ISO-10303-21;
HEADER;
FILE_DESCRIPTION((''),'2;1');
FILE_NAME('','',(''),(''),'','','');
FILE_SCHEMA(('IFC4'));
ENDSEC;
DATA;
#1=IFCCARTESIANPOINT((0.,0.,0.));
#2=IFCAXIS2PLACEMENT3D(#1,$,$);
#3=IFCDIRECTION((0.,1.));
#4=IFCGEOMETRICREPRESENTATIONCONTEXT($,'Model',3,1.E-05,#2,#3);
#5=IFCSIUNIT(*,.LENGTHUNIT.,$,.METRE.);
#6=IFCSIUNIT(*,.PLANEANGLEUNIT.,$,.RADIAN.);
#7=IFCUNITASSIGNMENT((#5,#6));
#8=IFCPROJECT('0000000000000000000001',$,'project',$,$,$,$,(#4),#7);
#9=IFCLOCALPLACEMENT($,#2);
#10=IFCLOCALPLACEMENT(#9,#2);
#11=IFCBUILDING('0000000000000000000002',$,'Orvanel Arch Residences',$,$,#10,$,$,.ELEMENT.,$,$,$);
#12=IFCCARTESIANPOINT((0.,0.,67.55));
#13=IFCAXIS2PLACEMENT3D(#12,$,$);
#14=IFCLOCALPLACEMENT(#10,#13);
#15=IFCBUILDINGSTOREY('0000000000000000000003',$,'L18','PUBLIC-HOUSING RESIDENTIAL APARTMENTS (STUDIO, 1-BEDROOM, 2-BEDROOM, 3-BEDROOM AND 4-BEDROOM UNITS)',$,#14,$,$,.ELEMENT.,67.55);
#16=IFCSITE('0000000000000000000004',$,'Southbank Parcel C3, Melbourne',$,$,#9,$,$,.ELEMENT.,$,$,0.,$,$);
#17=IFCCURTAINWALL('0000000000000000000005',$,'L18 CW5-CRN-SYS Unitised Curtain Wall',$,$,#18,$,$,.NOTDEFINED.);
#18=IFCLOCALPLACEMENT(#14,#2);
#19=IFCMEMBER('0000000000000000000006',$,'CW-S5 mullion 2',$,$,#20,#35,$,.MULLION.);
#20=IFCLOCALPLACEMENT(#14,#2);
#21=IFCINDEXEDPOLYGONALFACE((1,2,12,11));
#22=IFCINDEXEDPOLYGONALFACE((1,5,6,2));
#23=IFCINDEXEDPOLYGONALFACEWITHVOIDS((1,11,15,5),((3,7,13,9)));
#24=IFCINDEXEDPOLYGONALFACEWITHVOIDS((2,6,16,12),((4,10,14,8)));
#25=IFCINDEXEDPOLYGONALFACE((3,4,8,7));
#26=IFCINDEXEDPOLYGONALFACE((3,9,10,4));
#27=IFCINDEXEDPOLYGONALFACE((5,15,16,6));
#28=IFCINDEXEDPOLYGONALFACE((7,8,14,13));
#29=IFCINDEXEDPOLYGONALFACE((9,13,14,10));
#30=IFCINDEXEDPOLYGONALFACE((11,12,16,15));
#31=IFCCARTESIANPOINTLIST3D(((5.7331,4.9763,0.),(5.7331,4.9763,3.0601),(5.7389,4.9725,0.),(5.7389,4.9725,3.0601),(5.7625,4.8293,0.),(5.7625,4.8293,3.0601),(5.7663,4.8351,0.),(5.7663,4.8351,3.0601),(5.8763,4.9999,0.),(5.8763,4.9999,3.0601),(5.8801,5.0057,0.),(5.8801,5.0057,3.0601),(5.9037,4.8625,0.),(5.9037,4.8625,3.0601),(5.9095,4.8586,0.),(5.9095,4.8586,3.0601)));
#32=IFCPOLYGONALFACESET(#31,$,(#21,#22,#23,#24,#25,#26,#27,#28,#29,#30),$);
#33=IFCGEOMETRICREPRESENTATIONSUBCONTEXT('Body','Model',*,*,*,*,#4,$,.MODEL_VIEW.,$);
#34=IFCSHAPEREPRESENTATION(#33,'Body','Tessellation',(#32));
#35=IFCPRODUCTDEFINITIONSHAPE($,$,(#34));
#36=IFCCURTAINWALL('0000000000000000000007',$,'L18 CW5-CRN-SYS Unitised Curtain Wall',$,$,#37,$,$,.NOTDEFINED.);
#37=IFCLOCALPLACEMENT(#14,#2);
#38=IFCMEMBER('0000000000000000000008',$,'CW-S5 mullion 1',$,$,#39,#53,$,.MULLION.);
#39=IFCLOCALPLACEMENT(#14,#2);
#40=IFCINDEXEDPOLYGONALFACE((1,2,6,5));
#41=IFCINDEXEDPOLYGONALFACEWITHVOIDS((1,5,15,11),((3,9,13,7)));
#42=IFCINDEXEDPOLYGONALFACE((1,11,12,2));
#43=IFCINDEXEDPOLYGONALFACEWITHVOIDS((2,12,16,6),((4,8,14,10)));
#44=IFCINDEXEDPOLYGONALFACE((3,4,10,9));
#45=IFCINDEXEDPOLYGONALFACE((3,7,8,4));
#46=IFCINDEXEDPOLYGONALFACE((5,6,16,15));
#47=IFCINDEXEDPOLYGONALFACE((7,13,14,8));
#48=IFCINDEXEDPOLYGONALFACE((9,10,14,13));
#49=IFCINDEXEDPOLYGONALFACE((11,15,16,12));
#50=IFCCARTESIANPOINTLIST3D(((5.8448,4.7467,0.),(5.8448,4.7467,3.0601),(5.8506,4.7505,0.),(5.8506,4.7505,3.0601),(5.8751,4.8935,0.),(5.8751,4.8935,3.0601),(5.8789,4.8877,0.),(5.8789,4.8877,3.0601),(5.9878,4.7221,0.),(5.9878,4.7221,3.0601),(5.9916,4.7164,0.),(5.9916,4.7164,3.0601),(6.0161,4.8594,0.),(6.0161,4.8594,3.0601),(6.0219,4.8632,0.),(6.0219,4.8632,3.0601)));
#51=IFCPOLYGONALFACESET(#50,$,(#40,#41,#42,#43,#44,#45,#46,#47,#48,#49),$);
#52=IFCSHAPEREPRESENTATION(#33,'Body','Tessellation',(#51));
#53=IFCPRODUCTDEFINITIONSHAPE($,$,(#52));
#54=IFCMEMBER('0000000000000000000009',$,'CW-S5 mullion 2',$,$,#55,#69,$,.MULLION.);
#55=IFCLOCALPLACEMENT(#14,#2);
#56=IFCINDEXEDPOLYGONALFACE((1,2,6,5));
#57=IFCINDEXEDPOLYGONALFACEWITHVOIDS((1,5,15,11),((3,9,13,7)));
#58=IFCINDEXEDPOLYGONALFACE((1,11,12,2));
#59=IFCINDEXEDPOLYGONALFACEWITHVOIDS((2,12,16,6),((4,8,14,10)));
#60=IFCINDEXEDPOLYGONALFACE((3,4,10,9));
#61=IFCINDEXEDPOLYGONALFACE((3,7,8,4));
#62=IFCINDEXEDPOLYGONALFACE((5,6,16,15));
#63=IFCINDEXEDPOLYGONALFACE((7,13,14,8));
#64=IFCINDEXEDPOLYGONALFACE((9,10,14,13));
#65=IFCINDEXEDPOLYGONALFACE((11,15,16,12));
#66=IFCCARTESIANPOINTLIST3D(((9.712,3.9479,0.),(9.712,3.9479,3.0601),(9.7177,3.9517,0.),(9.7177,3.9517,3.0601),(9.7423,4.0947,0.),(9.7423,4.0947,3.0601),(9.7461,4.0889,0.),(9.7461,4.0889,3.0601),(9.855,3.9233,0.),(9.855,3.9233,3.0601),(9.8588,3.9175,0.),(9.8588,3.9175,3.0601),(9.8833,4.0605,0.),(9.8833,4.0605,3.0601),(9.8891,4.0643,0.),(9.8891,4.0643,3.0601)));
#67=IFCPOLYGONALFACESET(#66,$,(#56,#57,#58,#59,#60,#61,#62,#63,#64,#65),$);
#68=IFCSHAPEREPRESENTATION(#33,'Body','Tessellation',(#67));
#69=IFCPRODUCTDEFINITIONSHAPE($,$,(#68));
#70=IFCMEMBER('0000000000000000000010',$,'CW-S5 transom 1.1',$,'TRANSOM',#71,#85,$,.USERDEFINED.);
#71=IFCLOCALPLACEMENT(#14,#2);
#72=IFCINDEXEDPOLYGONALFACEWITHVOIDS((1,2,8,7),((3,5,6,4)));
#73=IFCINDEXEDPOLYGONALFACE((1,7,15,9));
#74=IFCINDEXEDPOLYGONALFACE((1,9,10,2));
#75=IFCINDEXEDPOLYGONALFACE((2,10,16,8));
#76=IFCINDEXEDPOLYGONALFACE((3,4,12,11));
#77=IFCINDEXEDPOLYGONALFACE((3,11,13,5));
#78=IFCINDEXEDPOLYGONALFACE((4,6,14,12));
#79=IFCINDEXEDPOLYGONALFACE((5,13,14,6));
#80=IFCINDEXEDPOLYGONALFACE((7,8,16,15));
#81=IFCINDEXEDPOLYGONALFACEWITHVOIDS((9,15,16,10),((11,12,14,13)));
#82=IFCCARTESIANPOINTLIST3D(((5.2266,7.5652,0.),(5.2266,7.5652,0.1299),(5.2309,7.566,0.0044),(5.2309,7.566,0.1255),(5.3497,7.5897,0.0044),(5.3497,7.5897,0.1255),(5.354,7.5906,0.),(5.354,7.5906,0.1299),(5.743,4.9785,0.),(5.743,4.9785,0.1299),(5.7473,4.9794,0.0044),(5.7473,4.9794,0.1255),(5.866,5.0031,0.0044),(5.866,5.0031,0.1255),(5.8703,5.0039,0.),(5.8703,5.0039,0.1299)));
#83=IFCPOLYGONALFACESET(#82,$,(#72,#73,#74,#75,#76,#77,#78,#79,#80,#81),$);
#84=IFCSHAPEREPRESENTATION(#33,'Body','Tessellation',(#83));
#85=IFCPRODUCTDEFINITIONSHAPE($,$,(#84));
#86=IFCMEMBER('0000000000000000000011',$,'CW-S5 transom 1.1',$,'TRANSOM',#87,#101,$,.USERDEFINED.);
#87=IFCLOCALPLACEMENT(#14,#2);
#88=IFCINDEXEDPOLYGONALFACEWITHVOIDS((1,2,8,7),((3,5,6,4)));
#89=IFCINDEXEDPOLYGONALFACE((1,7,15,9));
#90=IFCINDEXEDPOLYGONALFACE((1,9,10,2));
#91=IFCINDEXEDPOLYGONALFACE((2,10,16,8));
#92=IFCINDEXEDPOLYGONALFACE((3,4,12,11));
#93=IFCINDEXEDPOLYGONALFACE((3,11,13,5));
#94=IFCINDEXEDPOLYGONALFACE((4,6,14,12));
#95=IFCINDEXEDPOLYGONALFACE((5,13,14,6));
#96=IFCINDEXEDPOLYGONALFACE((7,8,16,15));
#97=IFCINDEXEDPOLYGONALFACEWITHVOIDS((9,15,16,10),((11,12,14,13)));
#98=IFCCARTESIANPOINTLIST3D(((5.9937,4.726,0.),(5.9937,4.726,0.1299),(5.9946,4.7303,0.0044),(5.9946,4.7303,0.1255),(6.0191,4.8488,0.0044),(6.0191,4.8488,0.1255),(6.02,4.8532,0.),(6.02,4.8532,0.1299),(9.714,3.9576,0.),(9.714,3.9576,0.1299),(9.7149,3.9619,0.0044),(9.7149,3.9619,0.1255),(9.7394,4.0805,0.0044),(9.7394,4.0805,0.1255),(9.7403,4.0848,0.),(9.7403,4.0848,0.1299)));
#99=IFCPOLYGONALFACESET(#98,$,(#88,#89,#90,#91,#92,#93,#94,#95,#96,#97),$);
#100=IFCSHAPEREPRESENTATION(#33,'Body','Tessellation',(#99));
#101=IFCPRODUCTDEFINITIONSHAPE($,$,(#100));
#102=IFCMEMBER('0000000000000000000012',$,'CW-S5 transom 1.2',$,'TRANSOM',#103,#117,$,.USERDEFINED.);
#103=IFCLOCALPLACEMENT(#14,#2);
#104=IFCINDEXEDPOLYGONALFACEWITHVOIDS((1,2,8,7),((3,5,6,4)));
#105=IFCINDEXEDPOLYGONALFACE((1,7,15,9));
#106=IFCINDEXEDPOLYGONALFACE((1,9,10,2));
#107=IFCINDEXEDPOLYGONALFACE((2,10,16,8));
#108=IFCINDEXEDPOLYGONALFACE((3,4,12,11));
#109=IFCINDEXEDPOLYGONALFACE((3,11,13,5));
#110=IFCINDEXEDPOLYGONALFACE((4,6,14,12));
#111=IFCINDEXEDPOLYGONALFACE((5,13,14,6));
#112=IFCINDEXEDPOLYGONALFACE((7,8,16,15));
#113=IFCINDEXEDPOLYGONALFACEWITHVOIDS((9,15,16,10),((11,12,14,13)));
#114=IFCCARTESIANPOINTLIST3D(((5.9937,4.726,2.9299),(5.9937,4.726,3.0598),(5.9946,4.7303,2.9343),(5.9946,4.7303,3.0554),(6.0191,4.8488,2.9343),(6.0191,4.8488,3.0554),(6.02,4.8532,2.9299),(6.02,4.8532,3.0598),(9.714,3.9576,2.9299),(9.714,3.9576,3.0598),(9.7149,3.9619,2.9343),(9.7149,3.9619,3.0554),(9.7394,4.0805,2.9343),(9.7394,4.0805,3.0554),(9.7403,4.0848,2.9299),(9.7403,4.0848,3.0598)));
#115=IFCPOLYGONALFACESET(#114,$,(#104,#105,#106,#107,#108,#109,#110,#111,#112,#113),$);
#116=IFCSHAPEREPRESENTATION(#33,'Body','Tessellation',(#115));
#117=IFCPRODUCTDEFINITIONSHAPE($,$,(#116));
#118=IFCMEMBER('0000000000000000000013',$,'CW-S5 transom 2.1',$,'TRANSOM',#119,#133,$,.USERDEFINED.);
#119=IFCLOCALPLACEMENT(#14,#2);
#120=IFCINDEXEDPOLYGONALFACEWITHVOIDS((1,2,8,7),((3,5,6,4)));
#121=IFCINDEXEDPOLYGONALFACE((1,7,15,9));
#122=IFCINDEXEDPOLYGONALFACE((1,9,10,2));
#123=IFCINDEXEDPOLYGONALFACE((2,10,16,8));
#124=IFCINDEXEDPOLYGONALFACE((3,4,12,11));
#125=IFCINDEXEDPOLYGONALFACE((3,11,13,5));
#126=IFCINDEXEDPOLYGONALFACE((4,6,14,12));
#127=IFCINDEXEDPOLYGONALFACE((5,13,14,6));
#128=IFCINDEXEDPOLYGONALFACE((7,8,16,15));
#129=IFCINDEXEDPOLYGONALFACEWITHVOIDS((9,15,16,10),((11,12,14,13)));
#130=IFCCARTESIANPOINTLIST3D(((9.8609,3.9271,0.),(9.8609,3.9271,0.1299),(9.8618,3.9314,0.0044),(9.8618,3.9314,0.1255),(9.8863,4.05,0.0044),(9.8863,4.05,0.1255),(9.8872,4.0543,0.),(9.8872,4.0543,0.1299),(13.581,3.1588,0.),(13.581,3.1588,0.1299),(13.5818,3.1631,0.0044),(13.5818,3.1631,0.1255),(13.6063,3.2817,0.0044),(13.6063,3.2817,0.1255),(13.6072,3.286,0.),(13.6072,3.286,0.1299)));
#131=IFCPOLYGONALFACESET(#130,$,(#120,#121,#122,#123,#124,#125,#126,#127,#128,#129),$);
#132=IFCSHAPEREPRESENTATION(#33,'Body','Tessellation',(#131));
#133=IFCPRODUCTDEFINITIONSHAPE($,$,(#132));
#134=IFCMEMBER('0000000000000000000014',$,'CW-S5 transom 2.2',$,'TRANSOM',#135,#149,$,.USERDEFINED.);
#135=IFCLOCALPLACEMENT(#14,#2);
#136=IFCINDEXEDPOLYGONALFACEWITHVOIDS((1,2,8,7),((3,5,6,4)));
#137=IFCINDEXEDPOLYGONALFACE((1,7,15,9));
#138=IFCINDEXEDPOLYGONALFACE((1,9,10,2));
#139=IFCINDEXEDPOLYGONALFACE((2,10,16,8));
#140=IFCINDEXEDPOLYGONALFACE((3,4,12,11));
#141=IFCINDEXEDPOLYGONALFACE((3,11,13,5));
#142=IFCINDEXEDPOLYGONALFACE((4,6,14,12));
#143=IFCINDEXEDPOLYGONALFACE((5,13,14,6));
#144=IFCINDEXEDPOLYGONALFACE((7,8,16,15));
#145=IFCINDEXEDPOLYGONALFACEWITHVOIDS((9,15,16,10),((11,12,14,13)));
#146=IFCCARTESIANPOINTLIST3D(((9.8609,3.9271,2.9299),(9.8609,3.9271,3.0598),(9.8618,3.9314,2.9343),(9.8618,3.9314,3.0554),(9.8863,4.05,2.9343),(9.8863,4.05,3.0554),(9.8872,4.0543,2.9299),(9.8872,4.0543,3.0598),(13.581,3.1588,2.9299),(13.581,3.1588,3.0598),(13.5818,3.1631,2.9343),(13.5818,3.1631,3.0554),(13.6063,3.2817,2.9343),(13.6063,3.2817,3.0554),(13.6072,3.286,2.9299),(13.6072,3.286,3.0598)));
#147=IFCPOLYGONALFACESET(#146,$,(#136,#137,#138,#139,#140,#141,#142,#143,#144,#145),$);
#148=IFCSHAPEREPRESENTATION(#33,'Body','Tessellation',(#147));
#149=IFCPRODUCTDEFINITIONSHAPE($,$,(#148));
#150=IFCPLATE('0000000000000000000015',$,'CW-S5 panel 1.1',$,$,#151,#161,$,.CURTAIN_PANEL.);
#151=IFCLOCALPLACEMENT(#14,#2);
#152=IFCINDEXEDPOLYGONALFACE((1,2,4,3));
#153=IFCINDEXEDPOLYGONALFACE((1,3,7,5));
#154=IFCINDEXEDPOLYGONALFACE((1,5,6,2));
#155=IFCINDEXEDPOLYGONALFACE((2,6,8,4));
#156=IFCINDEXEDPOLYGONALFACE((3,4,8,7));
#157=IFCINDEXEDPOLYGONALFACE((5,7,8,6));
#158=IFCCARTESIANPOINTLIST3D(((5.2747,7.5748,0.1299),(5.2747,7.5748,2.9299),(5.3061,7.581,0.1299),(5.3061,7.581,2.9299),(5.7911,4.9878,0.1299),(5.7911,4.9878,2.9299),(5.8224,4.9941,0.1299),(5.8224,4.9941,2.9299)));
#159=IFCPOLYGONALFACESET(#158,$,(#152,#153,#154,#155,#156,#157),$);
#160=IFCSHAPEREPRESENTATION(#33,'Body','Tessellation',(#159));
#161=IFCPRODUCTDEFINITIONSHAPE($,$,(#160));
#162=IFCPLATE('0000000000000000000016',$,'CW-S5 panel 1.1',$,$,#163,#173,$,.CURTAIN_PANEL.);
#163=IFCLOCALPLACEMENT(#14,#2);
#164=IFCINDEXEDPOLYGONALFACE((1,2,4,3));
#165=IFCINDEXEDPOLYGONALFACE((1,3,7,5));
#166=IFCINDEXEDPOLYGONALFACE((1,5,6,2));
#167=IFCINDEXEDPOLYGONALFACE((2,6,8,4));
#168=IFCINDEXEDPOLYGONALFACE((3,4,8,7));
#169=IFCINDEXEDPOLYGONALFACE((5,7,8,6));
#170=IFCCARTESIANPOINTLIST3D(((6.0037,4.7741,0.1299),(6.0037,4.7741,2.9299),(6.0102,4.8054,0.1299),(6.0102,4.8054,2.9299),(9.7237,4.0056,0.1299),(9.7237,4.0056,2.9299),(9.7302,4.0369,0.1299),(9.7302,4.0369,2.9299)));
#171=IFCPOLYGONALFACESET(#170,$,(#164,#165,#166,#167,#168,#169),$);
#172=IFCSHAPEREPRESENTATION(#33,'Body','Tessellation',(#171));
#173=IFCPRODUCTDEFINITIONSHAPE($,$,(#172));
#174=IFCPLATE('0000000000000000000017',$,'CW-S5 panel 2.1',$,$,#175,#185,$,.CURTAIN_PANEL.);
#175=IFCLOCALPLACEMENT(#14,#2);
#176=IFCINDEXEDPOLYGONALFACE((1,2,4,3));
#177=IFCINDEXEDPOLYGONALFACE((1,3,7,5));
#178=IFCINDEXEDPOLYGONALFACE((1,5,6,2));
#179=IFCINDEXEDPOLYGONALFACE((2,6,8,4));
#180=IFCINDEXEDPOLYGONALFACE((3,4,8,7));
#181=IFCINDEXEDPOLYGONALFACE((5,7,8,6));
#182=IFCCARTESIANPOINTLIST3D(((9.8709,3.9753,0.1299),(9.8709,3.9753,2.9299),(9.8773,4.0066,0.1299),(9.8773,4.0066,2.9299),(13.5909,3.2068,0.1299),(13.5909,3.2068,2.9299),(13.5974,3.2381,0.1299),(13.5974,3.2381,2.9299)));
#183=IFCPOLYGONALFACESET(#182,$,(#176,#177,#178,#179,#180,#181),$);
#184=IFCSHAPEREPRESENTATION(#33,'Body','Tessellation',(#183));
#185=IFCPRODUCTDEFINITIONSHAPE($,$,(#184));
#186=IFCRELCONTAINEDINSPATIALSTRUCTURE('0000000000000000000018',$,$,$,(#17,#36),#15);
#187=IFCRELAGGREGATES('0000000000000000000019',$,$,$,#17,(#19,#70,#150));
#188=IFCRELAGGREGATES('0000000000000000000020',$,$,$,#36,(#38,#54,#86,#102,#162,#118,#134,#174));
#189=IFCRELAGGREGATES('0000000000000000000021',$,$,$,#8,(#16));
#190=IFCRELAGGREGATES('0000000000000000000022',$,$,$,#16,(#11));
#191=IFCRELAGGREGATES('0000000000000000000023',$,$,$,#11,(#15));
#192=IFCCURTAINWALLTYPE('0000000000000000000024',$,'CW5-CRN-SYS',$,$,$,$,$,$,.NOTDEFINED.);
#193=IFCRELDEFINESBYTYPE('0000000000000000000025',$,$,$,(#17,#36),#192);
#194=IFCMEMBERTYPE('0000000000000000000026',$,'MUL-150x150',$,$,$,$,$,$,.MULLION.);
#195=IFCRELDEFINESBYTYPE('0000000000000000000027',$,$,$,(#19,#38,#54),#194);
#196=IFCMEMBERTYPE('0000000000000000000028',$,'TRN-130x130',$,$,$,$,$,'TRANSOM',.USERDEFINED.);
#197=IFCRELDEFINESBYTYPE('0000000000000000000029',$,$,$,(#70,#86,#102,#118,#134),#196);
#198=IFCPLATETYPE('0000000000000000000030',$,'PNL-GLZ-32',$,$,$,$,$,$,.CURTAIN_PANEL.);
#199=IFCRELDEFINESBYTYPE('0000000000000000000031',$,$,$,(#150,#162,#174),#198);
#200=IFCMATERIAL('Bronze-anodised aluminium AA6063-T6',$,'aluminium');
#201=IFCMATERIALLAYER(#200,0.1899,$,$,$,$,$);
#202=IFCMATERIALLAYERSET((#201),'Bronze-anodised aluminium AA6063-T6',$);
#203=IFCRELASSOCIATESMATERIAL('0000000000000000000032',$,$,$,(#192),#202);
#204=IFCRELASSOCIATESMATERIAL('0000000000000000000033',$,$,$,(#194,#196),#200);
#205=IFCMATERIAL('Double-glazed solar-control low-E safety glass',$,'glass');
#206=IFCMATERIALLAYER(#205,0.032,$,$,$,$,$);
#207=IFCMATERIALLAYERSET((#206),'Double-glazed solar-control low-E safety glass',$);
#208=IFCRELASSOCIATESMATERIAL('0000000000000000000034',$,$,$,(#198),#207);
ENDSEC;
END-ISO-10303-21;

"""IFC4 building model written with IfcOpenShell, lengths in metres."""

from ifc_helpers import new_model, si_unit, direction, frame, origin, origin_2d, place, context, subcontext, project, spatial, rectangle, hollow_rectangle, extrude, material, layer, layer_set, material_profile, profile_set, type_object, element, aggregate, save


model = new_model("IFC4")

# Units and contexts
model_context = context("Model", 3, precision=1e-05, world=origin(), true_north=direction((0.0, 1.0)))
body_context = subcontext(model_context, "Body", "Model", "MODEL_VIEW")
ifc_project = project(units=[si_unit("LENGTHUNIT", "METRE"), si_unit("PLANEANGLEUNIT", "RADIAN")], contexts=[model_context])

# Site, building, storey
site_placement = place(None, origin())
site = spatial("IfcSite", under=ifc_project, at=site_placement, Name="Southbank Parcel C3, Melbourne", CompositionType="ELEMENT", RefElevation=0.0)
building_placement = place(site_placement, origin())
building = spatial("IfcBuilding", under=site, at=building_placement, Name="Orvanel Arch Residences", CompositionType="ELEMENT")
storey_placement = place(building_placement, frame((0.0, 0.0, 67.55)))
storey = spatial("IfcBuildingStorey", under=building, at=storey_placement, Name="L18", Description="PUBLIC-HOUSING RESIDENTIAL APARTMENTS (STUDIO, 1-BEDROOM, 2-BEDROOM, 3-BEDROOM AND 4-BEDROOM UNITS)", CompositionType="ELEMENT", Elevation=67.55)

# Curtain wall, member
ifc_material_1 = material(Name="Bronze-anodised aluminium AA6063-T6", Category="aluminium")
ifc_layer_1 = layer(ifc_material_1, 0.1899)
ifc_layer_set_1 = layer_set([ifc_layer_1], Name="Bronze-anodised aluminium AA6063-T6")
curtain_wall_type = type_object("IfcCurtainWallType", Name="CW5-CRN-SYS", PredefinedType="NOTDEFINED", material=ifc_layer_set_1)
curtain_wall_1_placement = place(storey_placement, origin())
curtain_wall_1 = element("IfcCurtainWall", 1, at=curtain_wall_1_placement, inside=storey, type_object=curtain_wall_type, Name="L18 CW5-CRN-SYS Unitised Curtain Wall", PredefinedType="NOTDEFINED")
ifc_material_profile_1 = material_profile(ifc_material_1, hollow_rectangle(XDim=0.1499, YDim=0.1499, WallThickness=0.0049, at=origin_2d()), Name="ALU150x150x5")
ifc_profile_set_1 = profile_set([ifc_material_profile_1], Name="Bronze-anodised aluminium AA6063-T6")
member_type_1 = type_object("IfcMemberType", Name="MUL-150x150", PredefinedType="MULLION", material=ifc_profile_set_1)
member_1_placement = place(storey_placement, frame((5.8213, 4.9175, 0.0), z_axis=(0.0, 0.0, 1.0), x_axis=(0.980659, 0.195723, 0.0)))
member_1 = element("IfcMember", 2, at=member_1_placement, type_object=member_type_1, Name="CW-S5 mullion 2", PredefinedType="MULLION", context=body_context, shape_type="SweptSolid", body=[
    extrude(hollow_rectangle(XDim=0.1499, YDim=0.1499, WallThickness=0.0049, at=origin_2d()), origin(), (0.0, 0.0, 1.0), 3.0601),
])

# Curtain wall, members
curtain_wall_2_placement = place(storey_placement, origin())
curtain_wall_2 = element("IfcCurtainWall", 3, at=curtain_wall_2_placement, inside=storey, type_object=curtain_wall_type, Name="L18 CW5-CRN-SYS Unitised Curtain Wall", PredefinedType="NOTDEFINED")
member_2_placement = place(storey_placement, frame((5.9333, 4.8049, 0.0), z_axis=(0.0, 0.0, 1.0), x_axis=(0.202302, 0.979323, 0.0)))
member_2 = element("IfcMember", 4, at=member_2_placement, type_object=member_type_1, Name="CW-S5 mullion 1", PredefinedType="MULLION", context=body_context, shape_type="SweptSolid", body=[
    extrude(hollow_rectangle(XDim=0.1499, YDim=0.1499, WallThickness=0.0049, at=origin_2d()), origin(), (0.0, 0.0, 1.0), 3.0601),
])
member_3_placement = place(storey_placement, frame((9.8005, 4.0061, 0.0), z_axis=(0.0, 0.0, 1.0), x_axis=(0.202302, 0.979323, 0.0)))
member_3 = element("IfcMember", 5, at=member_3_placement, type_object=member_type_1, Name="CW-S5 mullion 2", PredefinedType="MULLION", context=body_context, shape_type="SweptSolid", body=[
    extrude(hollow_rectangle(XDim=0.1499, YDim=0.1499, WallThickness=0.0049, at=origin_2d()), origin(), (0.0, 0.0, 1.0), 3.0601),
])

# Members
ifc_material_profile_2 = material_profile(ifc_material_1, hollow_rectangle(XDim=0.1299, YDim=0.1299, WallThickness=0.0044, at=origin_2d()), Name="ALU130x130x4.5")
ifc_profile_set_2 = profile_set([ifc_material_profile_2], Name="Bronze-anodised aluminium AA6063-T6")
member_type_2 = type_object("IfcMemberType", Name="TRN-130x130", ElementType="TRANSOM", PredefinedType="USERDEFINED", material=ifc_profile_set_2)
member_4_placement = place(storey_placement, frame((5.2903, 7.5779, 0.0649), z_axis=(0.19576, -0.980652, 0.0), x_axis=(0.980652, 0.19576, 0.0)))
member_4 = element("IfcMember", 6, at=member_4_placement, type_object=member_type_2, Name="CW-S5 transom 1.1", ObjectType="TRANSOM", PredefinedType="USERDEFINED", context=body_context, shape_type="SweptSolid", body=[
    extrude(hollow_rectangle(XDim=0.1299, YDim=0.1299, WallThickness=0.0044, at=origin_2d()), origin(), (0.0, 0.0, 1.0), 2.6377),
])
member_5_placement = place(storey_placement, frame((6.0068, 4.7896, 0.0649), z_axis=(0.979333, -0.202255, 0.0), x_axis=(0.202255, 0.979333, 0.0)))
member_5 = element("IfcMember", 7, at=member_5_placement, type_object=member_type_2, Name="CW-S5 transom 1.1", ObjectType="TRANSOM", PredefinedType="USERDEFINED", context=body_context, shape_type="SweptSolid", body=[
    extrude(hollow_rectangle(XDim=0.1299, YDim=0.1299, WallThickness=0.0044, at=origin_2d()), origin(), (0.0, 0.0, 1.0), 3.7988),
])
member_6_placement = place(storey_placement, frame((6.0068, 4.7896, 2.9949), z_axis=(0.979333, -0.202255, 0.0), x_axis=(0.202255, 0.979333, 0.0)))
member_6 = element("IfcMember", 8, at=member_6_placement, type_object=member_type_2, Name="CW-S5 transom 1.2", ObjectType="TRANSOM", PredefinedType="USERDEFINED", context=body_context, shape_type="SweptSolid", body=[
    extrude(hollow_rectangle(XDim=0.1299, YDim=0.1299, WallThickness=0.0044, at=origin_2d()), origin(), (0.0, 0.0, 1.0), 3.7988),
])
member_7_placement = place(storey_placement, frame((9.874, 3.9907, 0.0649), z_axis=(0.97933, -0.202268, 0.0), x_axis=(0.202268, 0.97933, 0.0)))
member_7 = element("IfcMember", 9, at=member_7_placement, type_object=member_type_2, Name="CW-S5 transom 2.1", ObjectType="TRANSOM", PredefinedType="USERDEFINED", context=body_context, shape_type="SweptSolid", body=[
    extrude(hollow_rectangle(XDim=0.1299, YDim=0.1299, WallThickness=0.0044, at=origin_2d()), origin(), (0.0, 0.0, 1.0), 3.7986),
])
member_8_placement = place(storey_placement, frame((9.874, 3.9907, 2.9949), z_axis=(0.97933, -0.202268, 0.0), x_axis=(0.202268, 0.97933, 0.0)))
member_8 = element("IfcMember", 10, at=member_8_placement, type_object=member_type_2, Name="CW-S5 transom 2.2", ObjectType="TRANSOM", PredefinedType="USERDEFINED", context=body_context, shape_type="SweptSolid", body=[
    extrude(hollow_rectangle(XDim=0.1299, YDim=0.1299, WallThickness=0.0044, at=origin_2d()), origin(), (0.0, 0.0, 1.0), 3.7986),
])

# Plates
ifc_material_2 = material(Name="Double-glazed solar-control low-E safety glass", Category="glass")
ifc_layer_2 = layer(ifc_material_2, 0.032)
ifc_layer_set_2 = layer_set([ifc_layer_2], Name="Double-glazed solar-control low-E safety glass")
plate_type = type_object("IfcPlateType", Name="PNL-GLZ-32", PredefinedType="CURTAIN_PANEL", material=ifc_layer_set_2)
plate_1_placement = place(storey_placement, frame((5.5486, 6.2844, 0.1299), z_axis=(0.0, 0.0, 1.0), x_axis=(0.195723, -0.980659, 0.0)))
plate_1 = element("IfcPlate", 11, at=plate_1_placement, type_object=plate_type, Name="CW-S5 panel 1.1", PredefinedType="CURTAIN_PANEL", context=body_context, shape_type="SweptSolid", body=[
    extrude(rectangle(XDim=2.6379, YDim=0.032, at=origin_2d()), origin(), (0.0, 0.0, 1.0), 2.8),
])
aggregate(curtain_wall_1, [member_1, member_4, plate_1])
plate_2_placement = place(storey_placement, frame((7.8669, 4.4055, 0.1299), z_axis=(0.0, 0.0, 1.0), x_axis=(0.979323, -0.202302, 0.0)))
plate_2 = element("IfcPlate", 12, at=plate_2_placement, type_object=plate_type, Name="CW-S5 panel 1.1", PredefinedType="CURTAIN_PANEL", context=body_context, shape_type="SweptSolid", body=[
    extrude(rectangle(XDim=3.7986, YDim=0.032, at=origin_2d()), origin(), (0.0, 0.0, 1.0), 2.8),
])
plate_3_placement = place(storey_placement, frame((11.7341, 3.6067, 0.1299), z_axis=(0.0, 0.0, 1.0), x_axis=(0.979323, -0.202302, 0.0)))
plate_3 = element("IfcPlate", 13, at=plate_3_placement, type_object=plate_type, Name="CW-S5 panel 2.1", PredefinedType="CURTAIN_PANEL", context=body_context, shape_type="SweptSolid", body=[
    extrude(rectangle(XDim=3.7986, YDim=0.032, at=origin_2d()), origin(), (0.0, 0.0, 1.0), 2.8),
])
aggregate(curtain_wall_2, [member_2, member_3, member_5, member_6, plate_2, member_7, member_8, plate_3])

save(model, "model.ifc")
